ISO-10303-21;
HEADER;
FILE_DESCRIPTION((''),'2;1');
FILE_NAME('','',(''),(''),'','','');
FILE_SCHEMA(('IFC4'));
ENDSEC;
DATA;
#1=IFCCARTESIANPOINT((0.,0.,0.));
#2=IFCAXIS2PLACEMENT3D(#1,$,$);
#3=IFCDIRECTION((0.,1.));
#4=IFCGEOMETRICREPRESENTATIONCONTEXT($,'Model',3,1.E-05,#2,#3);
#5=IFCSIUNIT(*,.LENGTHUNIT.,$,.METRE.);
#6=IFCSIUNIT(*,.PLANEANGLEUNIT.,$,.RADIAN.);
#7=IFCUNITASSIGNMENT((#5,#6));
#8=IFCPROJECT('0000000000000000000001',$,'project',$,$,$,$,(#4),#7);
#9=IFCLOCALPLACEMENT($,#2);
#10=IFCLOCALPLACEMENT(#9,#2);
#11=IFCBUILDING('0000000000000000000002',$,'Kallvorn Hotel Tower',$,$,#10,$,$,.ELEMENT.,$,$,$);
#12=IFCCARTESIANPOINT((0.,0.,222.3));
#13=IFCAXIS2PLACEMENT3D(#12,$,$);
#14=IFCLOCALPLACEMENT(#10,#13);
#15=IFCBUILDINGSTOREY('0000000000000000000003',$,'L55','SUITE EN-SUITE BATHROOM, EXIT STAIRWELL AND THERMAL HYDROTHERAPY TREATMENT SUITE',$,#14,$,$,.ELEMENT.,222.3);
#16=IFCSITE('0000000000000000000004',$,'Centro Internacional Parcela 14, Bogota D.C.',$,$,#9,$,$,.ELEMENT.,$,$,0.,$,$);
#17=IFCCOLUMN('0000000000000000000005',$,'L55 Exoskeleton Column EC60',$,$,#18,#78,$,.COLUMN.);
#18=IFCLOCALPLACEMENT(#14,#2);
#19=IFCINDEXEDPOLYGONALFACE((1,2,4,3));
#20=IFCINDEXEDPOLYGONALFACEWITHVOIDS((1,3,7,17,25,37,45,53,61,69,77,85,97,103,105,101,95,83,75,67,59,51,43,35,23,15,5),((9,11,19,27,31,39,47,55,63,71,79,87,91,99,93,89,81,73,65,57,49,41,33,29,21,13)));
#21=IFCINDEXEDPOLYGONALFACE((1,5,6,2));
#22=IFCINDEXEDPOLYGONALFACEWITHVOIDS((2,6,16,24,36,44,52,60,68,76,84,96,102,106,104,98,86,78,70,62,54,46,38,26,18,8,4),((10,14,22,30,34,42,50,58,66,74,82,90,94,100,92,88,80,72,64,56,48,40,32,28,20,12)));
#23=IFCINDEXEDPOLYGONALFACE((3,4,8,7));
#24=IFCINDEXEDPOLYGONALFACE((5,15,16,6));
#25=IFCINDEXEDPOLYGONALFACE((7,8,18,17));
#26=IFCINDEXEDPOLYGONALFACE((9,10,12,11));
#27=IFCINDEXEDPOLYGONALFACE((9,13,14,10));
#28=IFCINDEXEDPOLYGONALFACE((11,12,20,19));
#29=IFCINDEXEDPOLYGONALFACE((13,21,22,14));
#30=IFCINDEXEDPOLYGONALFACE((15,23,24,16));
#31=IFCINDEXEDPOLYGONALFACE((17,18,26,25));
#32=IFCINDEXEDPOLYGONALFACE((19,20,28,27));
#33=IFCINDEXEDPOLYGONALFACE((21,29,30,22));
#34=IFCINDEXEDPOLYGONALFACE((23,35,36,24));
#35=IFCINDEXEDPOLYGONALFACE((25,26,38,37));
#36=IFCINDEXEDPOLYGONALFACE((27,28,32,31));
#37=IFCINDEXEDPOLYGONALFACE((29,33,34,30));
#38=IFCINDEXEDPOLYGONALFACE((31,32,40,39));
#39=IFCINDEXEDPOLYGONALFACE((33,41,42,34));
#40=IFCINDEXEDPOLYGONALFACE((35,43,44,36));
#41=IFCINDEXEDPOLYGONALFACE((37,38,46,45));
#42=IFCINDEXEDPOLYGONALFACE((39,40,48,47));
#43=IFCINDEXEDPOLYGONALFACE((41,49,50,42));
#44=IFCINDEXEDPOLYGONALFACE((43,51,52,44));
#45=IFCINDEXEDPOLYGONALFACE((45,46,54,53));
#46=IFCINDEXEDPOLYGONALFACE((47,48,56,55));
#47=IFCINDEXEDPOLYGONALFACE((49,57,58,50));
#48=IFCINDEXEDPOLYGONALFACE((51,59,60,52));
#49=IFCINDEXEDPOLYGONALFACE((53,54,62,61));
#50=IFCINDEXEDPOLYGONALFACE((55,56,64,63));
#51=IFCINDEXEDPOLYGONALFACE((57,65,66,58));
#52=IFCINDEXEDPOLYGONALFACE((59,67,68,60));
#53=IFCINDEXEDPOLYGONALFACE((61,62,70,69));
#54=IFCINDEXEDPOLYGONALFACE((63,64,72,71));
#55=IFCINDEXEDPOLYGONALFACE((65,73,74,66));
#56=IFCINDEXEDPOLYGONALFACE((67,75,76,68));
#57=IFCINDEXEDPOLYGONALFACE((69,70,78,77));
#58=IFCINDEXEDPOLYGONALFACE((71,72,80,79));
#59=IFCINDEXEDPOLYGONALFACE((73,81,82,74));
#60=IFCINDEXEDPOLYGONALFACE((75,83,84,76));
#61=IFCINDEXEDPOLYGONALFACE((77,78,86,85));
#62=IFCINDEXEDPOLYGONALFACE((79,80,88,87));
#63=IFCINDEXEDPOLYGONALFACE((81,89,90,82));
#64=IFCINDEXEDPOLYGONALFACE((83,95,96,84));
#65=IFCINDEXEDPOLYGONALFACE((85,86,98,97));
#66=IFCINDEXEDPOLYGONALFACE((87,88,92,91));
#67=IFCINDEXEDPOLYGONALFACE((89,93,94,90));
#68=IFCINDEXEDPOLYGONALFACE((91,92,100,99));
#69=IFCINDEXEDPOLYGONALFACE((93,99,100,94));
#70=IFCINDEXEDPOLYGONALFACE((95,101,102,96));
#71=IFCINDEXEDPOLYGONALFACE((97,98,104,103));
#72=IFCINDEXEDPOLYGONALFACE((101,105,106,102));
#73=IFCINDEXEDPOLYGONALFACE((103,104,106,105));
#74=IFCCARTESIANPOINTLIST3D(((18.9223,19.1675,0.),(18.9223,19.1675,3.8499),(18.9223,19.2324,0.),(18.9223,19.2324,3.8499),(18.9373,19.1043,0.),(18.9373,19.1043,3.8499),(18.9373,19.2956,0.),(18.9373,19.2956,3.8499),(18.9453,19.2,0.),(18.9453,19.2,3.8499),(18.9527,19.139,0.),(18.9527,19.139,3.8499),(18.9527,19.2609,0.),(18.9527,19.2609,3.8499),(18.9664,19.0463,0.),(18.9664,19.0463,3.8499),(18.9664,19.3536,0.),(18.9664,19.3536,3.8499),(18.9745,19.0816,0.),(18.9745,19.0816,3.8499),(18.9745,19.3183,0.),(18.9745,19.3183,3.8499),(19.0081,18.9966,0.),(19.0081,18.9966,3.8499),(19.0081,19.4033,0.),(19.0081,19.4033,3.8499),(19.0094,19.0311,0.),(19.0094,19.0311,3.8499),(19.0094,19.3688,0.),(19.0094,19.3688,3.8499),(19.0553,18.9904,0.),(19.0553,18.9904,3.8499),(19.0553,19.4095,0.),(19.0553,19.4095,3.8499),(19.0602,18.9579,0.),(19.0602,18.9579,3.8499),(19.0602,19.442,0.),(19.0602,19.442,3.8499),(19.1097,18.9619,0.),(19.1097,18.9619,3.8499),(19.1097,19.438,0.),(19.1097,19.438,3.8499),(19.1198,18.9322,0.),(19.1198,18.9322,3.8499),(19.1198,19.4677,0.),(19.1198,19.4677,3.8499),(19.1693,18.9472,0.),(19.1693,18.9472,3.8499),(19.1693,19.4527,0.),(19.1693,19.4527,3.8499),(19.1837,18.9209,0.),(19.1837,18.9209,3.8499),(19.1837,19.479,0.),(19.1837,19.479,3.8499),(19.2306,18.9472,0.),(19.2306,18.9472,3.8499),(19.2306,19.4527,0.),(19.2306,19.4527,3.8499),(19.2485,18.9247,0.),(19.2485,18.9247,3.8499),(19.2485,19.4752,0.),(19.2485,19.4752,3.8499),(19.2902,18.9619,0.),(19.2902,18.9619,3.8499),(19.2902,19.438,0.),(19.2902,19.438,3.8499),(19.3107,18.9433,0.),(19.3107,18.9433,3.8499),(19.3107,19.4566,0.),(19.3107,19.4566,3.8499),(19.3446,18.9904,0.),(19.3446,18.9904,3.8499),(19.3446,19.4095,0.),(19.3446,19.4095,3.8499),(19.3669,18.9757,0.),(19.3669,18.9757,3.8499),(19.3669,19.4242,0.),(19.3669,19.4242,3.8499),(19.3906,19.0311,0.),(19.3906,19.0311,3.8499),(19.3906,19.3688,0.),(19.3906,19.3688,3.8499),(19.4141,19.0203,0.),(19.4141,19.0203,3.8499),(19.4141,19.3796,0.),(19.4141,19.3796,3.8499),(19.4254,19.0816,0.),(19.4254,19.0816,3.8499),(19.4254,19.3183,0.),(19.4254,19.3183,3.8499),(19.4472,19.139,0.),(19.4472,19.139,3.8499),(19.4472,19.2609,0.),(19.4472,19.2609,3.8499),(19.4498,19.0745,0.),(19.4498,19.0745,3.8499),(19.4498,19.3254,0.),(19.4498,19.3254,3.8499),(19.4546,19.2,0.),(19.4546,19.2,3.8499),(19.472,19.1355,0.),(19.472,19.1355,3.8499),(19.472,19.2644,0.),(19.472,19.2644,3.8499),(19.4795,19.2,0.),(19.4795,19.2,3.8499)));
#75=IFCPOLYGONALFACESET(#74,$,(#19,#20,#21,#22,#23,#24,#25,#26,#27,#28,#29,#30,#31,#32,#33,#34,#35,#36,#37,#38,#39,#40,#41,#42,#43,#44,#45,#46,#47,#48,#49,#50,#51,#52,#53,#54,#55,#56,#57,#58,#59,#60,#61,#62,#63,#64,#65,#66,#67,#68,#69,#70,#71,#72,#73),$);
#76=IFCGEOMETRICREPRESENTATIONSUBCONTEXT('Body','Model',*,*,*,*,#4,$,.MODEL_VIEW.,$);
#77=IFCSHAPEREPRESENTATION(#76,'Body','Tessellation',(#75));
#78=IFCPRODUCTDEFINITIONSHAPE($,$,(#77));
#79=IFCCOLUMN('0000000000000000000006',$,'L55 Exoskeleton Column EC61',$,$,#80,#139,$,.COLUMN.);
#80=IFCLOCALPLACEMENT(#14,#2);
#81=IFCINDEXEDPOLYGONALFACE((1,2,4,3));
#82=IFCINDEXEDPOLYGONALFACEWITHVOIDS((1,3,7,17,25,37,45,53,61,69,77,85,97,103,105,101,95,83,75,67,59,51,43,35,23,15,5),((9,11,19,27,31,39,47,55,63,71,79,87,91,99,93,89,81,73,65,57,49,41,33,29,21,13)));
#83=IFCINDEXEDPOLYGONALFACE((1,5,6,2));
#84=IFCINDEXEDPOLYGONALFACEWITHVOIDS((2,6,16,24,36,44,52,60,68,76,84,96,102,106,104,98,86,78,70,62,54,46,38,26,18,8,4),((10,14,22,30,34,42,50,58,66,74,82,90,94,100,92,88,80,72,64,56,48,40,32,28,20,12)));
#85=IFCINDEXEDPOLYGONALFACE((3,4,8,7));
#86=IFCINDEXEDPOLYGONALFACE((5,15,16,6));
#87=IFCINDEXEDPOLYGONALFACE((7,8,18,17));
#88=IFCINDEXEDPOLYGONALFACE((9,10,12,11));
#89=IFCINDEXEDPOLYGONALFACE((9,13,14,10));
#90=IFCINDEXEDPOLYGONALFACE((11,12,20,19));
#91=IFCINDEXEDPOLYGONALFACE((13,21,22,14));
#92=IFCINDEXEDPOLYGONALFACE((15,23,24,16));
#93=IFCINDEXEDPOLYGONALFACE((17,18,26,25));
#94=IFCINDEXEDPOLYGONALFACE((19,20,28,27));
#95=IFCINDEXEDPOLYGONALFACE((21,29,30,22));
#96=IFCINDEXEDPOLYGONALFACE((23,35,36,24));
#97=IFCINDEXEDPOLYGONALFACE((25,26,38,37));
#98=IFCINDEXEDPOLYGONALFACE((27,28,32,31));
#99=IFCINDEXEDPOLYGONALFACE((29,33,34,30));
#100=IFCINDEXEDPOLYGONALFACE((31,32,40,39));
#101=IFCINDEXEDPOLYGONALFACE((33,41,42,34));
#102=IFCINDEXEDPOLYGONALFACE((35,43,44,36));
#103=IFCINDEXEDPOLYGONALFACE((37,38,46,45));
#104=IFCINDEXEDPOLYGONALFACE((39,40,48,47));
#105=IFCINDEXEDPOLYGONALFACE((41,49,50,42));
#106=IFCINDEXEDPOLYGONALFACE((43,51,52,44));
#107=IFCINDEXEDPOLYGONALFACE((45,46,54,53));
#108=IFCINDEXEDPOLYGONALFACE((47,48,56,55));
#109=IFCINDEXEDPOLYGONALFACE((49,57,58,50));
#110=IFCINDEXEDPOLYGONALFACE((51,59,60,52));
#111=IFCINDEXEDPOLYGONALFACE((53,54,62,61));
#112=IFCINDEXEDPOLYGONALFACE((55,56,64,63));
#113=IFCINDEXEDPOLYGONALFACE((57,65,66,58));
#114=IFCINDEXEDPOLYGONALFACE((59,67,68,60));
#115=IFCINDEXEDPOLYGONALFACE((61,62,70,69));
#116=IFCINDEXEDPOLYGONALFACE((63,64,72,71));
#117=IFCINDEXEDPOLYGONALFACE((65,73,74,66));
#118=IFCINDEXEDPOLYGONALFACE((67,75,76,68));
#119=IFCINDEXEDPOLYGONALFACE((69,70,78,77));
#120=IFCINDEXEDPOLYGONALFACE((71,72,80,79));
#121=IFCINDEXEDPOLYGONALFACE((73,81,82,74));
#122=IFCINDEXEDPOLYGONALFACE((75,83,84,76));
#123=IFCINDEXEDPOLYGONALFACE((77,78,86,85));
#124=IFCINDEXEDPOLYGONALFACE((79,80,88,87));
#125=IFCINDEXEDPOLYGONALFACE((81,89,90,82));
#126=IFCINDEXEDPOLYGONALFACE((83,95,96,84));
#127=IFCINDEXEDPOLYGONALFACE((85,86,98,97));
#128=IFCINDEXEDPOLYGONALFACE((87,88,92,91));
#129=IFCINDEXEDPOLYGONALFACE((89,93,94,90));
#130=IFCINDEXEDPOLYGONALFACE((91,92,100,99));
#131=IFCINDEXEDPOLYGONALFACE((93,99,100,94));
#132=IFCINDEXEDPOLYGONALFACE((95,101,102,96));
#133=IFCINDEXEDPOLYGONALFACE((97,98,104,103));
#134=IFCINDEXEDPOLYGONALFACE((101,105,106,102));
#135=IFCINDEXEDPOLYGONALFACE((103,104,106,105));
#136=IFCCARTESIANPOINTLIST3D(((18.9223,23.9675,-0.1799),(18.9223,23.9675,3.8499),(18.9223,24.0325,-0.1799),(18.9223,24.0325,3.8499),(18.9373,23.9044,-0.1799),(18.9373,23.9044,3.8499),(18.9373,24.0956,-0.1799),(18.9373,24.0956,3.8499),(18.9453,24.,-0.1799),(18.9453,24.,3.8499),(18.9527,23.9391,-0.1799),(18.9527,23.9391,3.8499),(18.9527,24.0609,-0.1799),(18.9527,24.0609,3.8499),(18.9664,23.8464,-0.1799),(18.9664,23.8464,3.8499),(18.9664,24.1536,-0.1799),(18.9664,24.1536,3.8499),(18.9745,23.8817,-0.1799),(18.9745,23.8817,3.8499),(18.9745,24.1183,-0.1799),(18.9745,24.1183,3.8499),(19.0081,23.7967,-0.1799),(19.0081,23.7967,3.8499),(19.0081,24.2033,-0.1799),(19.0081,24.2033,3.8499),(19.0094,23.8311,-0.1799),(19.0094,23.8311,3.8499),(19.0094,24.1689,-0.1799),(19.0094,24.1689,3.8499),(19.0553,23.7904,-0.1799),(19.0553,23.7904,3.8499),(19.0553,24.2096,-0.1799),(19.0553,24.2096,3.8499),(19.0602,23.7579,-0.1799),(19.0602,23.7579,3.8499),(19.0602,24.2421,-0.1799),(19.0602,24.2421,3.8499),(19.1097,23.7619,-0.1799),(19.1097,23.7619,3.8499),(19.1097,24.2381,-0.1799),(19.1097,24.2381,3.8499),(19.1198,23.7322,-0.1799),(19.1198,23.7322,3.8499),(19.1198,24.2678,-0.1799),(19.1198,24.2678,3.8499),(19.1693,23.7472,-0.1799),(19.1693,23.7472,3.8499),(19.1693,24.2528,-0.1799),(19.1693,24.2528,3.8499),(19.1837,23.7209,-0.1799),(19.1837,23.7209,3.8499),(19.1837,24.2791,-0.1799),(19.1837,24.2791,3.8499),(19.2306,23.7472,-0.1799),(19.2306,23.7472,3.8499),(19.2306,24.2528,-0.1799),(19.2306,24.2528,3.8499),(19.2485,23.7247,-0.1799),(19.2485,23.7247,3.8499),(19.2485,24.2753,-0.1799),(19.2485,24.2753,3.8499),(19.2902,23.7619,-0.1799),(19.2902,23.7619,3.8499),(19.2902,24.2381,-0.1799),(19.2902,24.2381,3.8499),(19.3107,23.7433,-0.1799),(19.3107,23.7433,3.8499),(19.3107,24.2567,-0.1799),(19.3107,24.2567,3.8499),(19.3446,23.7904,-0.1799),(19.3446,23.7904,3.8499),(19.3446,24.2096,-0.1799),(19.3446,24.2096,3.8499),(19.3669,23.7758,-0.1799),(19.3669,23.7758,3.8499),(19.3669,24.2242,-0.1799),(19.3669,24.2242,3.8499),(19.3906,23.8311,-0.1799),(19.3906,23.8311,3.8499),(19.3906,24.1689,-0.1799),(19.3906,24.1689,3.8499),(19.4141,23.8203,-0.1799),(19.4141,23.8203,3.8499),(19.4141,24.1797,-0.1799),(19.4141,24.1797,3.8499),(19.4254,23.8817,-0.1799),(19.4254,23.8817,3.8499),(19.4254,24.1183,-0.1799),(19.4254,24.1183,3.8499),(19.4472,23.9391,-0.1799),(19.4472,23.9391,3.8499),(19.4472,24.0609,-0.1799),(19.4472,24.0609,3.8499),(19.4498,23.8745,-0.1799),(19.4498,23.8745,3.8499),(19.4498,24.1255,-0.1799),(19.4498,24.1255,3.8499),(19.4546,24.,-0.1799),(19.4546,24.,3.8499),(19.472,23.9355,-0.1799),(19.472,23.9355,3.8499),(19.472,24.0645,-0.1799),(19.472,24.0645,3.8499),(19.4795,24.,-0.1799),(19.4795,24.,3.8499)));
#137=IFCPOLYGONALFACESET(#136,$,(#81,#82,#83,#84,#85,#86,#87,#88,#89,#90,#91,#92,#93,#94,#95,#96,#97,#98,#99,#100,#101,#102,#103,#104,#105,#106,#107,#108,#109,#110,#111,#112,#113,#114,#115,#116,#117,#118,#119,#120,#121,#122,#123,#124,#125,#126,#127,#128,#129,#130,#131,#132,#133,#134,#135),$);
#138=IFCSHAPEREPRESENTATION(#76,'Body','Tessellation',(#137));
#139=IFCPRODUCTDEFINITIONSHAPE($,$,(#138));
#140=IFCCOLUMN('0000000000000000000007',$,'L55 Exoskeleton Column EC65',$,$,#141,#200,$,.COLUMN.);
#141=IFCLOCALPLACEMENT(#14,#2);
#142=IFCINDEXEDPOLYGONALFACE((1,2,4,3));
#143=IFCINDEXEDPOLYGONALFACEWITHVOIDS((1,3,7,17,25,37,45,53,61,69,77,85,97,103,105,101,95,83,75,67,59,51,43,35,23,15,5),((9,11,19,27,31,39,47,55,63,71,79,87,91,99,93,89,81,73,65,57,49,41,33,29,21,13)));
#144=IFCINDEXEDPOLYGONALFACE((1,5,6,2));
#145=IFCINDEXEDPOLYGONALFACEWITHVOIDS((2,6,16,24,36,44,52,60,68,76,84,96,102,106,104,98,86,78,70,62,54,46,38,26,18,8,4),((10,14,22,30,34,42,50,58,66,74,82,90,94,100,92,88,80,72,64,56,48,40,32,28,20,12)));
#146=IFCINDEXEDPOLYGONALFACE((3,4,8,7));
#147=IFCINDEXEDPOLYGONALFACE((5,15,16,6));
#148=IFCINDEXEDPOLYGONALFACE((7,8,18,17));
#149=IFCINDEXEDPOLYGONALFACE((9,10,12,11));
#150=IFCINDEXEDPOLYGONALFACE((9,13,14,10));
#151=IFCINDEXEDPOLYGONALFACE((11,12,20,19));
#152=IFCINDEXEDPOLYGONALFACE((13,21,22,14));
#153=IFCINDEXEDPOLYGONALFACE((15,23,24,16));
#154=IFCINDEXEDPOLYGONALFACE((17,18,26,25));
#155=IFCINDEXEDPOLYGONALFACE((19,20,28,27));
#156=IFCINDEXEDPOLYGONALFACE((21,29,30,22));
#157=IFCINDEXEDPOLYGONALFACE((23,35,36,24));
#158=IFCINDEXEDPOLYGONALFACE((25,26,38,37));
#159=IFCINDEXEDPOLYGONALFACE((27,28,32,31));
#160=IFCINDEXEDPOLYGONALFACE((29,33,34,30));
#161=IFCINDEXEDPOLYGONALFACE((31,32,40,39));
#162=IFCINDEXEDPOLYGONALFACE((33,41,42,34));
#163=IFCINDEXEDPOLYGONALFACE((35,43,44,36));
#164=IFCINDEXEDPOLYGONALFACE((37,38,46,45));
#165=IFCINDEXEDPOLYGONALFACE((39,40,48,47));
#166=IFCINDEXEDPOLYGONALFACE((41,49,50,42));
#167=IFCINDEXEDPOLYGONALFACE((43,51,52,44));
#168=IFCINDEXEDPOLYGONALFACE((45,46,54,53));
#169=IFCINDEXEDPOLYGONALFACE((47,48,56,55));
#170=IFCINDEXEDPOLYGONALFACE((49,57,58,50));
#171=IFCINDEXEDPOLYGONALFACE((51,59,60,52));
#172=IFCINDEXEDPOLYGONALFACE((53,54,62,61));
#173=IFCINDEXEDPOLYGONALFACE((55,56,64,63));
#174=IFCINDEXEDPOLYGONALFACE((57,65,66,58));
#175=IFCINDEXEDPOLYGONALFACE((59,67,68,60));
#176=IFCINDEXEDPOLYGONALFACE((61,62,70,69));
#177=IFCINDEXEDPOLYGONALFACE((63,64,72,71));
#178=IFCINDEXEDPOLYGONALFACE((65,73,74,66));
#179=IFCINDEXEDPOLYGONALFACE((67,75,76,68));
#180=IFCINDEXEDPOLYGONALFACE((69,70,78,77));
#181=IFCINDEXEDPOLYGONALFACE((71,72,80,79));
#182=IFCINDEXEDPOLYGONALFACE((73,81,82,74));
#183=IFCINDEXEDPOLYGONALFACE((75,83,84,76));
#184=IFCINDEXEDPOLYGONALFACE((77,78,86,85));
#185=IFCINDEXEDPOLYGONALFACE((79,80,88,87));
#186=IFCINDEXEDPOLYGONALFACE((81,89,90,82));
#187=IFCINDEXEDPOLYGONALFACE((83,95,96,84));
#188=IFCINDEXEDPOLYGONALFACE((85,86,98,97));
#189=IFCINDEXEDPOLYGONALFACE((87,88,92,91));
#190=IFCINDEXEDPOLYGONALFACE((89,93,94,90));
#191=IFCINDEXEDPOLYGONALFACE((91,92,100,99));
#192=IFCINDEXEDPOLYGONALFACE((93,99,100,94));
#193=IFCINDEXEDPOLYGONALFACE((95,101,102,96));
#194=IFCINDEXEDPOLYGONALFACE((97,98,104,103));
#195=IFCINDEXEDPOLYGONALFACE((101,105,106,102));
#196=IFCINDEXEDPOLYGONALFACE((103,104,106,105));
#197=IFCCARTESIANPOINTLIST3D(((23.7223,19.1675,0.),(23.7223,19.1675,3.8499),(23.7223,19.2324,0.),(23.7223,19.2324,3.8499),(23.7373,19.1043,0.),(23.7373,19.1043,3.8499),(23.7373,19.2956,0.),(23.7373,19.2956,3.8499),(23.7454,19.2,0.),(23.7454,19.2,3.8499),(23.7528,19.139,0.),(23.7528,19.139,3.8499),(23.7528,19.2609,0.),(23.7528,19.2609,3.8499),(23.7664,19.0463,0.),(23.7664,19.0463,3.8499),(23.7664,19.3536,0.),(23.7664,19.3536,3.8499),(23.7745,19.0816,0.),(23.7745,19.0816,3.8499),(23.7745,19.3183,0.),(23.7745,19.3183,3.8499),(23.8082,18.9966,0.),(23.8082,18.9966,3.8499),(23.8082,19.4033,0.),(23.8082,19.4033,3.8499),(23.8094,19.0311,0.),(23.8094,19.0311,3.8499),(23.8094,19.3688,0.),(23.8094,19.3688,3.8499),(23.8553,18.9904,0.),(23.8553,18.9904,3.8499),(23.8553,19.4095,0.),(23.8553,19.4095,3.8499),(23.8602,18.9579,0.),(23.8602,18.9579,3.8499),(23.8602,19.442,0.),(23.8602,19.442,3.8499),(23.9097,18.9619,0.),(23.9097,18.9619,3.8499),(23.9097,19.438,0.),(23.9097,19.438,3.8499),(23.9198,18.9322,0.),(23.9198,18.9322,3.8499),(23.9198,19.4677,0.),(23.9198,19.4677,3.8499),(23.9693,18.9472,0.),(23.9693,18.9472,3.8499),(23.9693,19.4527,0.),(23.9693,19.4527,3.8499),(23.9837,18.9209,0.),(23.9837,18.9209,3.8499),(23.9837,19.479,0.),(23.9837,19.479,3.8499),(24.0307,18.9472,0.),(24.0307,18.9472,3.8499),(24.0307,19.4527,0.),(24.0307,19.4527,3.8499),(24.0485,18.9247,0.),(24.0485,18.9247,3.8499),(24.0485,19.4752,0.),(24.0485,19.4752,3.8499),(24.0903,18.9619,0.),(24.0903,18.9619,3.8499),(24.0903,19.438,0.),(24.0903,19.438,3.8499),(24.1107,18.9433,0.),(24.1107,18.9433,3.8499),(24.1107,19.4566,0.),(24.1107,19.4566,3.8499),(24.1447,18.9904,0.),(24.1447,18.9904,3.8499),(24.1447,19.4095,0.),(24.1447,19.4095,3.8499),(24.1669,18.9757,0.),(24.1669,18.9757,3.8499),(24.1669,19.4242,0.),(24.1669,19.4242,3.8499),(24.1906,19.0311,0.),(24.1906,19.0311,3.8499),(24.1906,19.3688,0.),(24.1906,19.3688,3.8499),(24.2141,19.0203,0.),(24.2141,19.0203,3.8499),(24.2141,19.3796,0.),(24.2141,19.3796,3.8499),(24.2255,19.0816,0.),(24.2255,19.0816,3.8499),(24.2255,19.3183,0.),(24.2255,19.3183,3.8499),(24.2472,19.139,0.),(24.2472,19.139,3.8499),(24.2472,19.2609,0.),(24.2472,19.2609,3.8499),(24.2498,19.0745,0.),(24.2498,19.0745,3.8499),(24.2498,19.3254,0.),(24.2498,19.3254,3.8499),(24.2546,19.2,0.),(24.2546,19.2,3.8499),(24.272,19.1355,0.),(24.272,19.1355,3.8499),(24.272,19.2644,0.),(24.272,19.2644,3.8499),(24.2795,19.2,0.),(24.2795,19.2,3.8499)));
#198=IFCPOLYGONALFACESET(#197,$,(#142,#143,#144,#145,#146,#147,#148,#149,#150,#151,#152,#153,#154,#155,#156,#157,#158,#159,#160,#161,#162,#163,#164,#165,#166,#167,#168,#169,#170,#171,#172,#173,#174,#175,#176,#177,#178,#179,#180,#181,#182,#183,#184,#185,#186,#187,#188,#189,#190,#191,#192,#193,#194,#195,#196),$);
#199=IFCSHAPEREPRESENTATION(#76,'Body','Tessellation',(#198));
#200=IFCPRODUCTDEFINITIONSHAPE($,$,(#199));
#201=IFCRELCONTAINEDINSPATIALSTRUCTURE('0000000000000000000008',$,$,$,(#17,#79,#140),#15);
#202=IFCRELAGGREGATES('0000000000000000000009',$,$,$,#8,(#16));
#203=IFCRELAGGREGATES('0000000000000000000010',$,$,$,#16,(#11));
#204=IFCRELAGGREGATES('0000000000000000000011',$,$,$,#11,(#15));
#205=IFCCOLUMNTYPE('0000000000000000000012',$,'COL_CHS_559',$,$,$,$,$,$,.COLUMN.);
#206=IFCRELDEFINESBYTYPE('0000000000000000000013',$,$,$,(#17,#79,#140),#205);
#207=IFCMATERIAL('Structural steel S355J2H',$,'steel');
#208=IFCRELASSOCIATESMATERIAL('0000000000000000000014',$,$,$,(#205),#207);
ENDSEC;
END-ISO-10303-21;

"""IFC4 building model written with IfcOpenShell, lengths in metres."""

from ifc_helpers import new_model, si_unit, direction, frame, origin, origin_2d, place, context, subcontext, project, spatial, hollow_circle, extrude, material, material_profile, profile_set, type_object, element, save


model = new_model("IFC4")

# Units and contexts
model_context = context("Model", 3, precision=1e-05, world=origin(), true_north=direction((0.0, 1.0)))
body_context = subcontext(model_context, "Body", "Model", "MODEL_VIEW")
ifc_project = project(units=[si_unit("LENGTHUNIT", "METRE"), si_unit("PLANEANGLEUNIT", "RADIAN")], contexts=[model_context])

# Site, building, storey
site_placement = place(None, origin())
site = spatial("IfcSite", under=ifc_project, at=site_placement, Name="Centro Internacional Parcela 14, Bogota D.C.", CompositionType="ELEMENT", RefElevation=0.0)
building_placement = place(site_placement, origin())
building = spatial("IfcBuilding", under=site, at=building_placement, Name="Kallvorn Hotel Tower", CompositionType="ELEMENT")
storey_placement = place(building_placement, frame((0.0, 0.0, 222.3)))
storey = spatial("IfcBuildingStorey", under=building, at=storey_placement, Name="L55", Description="SUITE EN-SUITE BATHROOM, EXIT STAIRWELL AND THERMAL HYDROTHERAPY TREATMENT SUITE", CompositionType="ELEMENT", Elevation=222.3)

# Columns
ifc_material_1 = material(Name="Structural steel S355J2H", Category="steel")
ifc_material_profile_1 = material_profile(ifc_material_1, hollow_circle(Radius=0.2795, WallThickness=0.0249, at=origin_2d()), Name="CHS 559x25")
ifc_profile_set_1 = profile_set([ifc_material_profile_1], Name="Structural steel S355J2H")
column_type = type_object("IfcColumnType", Name="COL_CHS_559", PredefinedType="COLUMN", material=ifc_profile_set_1)
column_1_placement = place(storey_placement, frame((19.2, 19.2, 0.0), z_axis=(0.0, 0.0, 1.0), x_axis=(1.0, 0.0, 0.0)))
element("IfcColumn", 1, at=column_1_placement, inside=storey, type_object=column_type, Name="L55 Exoskeleton Column EC60", PredefinedType="COLUMN", context=body_context, shape_type="SweptSolid", body=[
    extrude(hollow_circle(Radius=0.2795, WallThickness=0.0249, at=origin_2d()), origin(), (0.0, 0.0, 1.0), 3.8499),
])
column_2_placement = place(storey_placement, frame((19.2, 24.0, -0.1799), z_axis=(0.0, 0.0, 1.0), x_axis=(1.0, 0.0, 0.0)))
element("IfcColumn", 2, at=column_2_placement, inside=storey, type_object=column_type, Name="L55 Exoskeleton Column EC61", PredefinedType="COLUMN", context=body_context, shape_type="SweptSolid", body=[
    extrude(hollow_circle(Radius=0.2795, WallThickness=0.0249, at=origin_2d()), origin(), (0.0, 0.0, 1.0), 4.0298),
])
column_3_placement = place(storey_placement, frame((24.0, 19.2, 0.0), z_axis=(0.0, 0.0, 1.0), x_axis=(1.0, 0.0, 0.0)))
element("IfcColumn", 3, at=column_3_placement, inside=storey, type_object=column_type, Name="L55 Exoskeleton Column EC65", PredefinedType="COLUMN", context=body_context, shape_type="SweptSolid", body=[
    extrude(hollow_circle(Radius=0.2795, WallThickness=0.0249, at=origin_2d()), origin(), (0.0, 0.0, 1.0), 3.8499),
])

save(model, "model.ifc")
